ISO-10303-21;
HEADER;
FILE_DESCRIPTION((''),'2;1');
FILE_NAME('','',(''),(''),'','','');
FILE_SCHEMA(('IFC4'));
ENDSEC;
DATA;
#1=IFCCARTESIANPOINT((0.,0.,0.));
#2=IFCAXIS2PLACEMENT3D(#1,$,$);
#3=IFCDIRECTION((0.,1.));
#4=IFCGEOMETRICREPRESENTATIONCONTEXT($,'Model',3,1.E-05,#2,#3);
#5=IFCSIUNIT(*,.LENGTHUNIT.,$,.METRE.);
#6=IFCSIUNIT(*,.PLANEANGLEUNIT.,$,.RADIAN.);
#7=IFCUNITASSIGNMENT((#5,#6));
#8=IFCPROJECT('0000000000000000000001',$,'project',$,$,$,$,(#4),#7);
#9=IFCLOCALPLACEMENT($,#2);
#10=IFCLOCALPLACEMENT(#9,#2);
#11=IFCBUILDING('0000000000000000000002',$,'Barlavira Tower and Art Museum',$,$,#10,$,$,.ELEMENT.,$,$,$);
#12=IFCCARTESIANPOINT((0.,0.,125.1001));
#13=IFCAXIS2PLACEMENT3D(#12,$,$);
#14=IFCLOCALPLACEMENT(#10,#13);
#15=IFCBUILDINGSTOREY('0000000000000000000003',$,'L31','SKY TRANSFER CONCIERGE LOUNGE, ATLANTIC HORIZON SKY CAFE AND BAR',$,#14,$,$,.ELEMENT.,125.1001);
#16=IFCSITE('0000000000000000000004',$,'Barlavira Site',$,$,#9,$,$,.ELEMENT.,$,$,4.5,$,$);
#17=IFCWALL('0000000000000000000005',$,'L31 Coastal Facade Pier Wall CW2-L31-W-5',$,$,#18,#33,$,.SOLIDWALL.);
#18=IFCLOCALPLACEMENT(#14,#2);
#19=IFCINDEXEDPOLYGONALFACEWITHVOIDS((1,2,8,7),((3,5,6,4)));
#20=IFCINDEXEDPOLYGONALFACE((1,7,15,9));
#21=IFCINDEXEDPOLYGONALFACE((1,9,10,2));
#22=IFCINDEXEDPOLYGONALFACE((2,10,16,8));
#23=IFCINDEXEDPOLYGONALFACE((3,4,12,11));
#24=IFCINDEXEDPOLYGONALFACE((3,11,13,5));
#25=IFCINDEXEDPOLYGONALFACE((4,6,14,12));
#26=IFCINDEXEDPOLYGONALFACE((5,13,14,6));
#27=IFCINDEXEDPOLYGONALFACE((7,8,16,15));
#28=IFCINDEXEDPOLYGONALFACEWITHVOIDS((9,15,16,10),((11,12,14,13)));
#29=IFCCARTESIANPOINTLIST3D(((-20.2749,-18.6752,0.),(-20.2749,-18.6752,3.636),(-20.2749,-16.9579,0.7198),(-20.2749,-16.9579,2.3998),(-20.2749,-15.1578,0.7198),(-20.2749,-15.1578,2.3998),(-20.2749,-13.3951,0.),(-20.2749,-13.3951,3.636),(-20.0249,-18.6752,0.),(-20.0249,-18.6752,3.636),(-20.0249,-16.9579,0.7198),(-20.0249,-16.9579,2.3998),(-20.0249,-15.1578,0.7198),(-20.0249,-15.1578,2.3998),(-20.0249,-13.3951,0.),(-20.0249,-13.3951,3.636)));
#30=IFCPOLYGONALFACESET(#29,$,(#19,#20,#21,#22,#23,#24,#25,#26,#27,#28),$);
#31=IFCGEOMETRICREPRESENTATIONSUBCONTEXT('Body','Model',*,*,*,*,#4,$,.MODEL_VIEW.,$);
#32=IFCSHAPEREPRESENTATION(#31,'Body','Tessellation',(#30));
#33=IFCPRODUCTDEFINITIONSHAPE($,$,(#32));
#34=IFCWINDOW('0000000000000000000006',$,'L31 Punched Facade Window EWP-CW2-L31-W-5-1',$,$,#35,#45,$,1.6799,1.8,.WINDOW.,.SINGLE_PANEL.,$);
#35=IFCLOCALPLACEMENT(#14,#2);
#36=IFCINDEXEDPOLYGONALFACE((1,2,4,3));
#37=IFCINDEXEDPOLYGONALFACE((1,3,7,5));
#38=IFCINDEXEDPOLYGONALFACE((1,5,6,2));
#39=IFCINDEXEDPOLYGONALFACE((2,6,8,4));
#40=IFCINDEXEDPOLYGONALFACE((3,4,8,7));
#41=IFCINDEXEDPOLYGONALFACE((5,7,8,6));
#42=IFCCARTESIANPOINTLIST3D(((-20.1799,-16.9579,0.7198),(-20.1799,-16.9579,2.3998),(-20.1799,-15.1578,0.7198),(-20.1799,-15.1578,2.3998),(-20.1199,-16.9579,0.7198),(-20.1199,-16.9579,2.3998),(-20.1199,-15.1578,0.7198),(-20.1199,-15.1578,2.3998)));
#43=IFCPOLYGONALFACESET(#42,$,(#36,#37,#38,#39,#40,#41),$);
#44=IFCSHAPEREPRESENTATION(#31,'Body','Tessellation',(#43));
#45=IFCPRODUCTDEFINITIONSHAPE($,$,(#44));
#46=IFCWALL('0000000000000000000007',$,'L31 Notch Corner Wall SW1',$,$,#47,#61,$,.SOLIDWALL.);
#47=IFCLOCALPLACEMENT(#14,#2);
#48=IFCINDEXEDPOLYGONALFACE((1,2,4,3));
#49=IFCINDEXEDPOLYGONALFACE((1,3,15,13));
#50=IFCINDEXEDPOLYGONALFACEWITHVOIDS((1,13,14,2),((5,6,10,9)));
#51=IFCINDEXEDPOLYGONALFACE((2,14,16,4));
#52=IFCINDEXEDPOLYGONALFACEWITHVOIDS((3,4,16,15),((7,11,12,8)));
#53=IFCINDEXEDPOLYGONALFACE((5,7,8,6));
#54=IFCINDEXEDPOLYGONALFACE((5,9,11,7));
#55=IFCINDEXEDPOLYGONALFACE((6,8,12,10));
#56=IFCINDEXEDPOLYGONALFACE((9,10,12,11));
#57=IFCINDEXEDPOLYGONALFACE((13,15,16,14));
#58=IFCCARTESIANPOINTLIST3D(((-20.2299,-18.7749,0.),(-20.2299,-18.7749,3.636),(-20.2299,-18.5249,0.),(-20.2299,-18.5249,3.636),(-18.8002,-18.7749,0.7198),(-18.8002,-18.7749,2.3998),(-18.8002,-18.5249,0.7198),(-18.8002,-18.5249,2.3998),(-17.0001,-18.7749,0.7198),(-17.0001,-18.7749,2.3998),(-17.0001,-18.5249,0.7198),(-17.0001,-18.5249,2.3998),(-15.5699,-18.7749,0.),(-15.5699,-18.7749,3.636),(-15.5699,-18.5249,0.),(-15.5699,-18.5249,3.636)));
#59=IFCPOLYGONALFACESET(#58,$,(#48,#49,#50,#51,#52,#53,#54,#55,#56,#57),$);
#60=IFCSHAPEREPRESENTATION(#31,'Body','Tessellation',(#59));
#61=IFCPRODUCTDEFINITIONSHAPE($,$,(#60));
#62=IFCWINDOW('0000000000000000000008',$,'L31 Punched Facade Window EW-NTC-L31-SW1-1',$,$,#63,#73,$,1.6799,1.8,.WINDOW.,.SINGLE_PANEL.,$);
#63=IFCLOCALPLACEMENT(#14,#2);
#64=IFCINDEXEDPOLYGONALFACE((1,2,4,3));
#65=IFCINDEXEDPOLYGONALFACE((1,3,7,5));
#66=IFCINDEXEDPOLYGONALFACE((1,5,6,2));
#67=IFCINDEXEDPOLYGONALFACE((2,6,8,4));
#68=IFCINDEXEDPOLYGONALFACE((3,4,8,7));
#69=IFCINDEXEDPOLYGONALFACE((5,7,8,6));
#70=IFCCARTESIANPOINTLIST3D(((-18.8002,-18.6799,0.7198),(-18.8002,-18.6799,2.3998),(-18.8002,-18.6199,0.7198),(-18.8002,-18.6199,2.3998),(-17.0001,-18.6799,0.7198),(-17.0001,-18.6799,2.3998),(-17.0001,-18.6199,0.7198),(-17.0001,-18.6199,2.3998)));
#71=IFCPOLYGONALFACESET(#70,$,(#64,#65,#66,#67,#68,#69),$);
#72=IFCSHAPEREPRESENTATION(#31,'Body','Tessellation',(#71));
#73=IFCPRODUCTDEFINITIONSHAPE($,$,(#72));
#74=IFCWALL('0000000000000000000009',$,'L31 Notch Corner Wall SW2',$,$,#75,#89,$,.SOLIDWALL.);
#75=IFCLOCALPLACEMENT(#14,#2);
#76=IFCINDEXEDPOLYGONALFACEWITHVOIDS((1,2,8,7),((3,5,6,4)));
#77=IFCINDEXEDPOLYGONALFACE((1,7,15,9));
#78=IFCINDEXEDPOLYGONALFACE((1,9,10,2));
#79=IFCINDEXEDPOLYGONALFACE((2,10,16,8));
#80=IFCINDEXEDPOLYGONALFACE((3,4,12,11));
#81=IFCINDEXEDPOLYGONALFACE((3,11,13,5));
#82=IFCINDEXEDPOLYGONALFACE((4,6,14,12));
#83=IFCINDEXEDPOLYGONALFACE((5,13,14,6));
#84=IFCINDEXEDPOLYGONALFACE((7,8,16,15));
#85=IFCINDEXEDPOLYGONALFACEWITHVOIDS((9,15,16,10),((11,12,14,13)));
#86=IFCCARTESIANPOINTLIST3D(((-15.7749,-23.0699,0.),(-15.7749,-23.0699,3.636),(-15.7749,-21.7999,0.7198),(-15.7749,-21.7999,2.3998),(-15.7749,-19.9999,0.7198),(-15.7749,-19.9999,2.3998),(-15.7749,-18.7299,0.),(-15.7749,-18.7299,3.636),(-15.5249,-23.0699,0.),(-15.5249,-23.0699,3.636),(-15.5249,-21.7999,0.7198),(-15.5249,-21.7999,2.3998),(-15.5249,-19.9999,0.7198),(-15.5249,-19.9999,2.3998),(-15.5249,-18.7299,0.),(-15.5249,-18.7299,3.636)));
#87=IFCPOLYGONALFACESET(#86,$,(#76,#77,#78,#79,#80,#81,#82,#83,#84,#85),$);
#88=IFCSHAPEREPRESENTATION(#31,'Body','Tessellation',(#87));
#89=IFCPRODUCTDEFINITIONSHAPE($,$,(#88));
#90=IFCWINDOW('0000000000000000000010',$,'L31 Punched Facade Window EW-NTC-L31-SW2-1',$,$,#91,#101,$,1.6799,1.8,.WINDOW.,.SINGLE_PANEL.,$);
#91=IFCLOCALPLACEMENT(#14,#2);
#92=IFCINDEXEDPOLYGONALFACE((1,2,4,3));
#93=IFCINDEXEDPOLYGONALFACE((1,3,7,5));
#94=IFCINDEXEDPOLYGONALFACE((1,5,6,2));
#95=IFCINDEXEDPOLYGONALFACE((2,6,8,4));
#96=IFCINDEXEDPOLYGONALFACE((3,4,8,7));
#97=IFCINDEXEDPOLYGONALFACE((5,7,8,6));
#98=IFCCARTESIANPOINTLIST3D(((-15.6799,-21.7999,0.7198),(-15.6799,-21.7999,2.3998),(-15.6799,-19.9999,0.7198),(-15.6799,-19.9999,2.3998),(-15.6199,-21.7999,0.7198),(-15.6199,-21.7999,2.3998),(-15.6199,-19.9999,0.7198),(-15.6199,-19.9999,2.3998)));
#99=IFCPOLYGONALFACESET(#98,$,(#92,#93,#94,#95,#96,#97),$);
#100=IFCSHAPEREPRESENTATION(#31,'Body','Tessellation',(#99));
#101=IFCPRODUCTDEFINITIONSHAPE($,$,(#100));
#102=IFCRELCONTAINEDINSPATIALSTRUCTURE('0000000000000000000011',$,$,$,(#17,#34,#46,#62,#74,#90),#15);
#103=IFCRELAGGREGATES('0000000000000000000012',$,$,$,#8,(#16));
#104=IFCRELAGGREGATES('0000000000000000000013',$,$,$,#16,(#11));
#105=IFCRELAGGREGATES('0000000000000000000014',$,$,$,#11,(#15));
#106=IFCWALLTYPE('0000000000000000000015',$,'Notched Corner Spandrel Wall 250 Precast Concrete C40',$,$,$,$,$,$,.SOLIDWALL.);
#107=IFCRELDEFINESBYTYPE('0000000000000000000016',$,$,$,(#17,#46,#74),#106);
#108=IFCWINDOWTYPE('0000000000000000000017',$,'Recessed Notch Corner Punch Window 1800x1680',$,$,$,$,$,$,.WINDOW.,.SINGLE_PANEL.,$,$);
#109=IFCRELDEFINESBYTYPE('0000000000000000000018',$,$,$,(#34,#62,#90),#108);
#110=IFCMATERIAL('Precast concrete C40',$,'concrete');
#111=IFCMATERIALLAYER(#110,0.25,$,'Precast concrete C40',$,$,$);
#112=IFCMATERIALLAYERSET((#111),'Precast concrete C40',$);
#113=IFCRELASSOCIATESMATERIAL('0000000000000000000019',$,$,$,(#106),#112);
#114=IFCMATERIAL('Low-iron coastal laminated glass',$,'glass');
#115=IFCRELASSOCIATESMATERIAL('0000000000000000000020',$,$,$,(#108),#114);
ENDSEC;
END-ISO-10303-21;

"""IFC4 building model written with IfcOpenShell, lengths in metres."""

from ifc_helpers import new_model, si_unit, direction, frame, frame_2d, origin, place, context, subcontext, project, spatial, rectangle, extrude, material, layer, layer_set, type_object, element, fill, save


model = new_model("IFC4")

# Units and contexts
model_context = context("Model", 3, precision=1e-05, world=origin(), true_north=direction((0.0, 1.0)))
body_context = subcontext(model_context, "Body", "Model", "MODEL_VIEW")
ifc_project = project(units=[si_unit("LENGTHUNIT", "METRE"), si_unit("PLANEANGLEUNIT", "RADIAN")], contexts=[model_context])

# Site, building, storey
site_placement = place(None, origin())
site = spatial("IfcSite", under=ifc_project, at=site_placement, Name="Barlavira Site", CompositionType="ELEMENT", RefElevation=4.5)
building_placement = place(site_placement, origin())
building = spatial("IfcBuilding", under=site, at=building_placement, Name="Barlavira Tower and Art Museum", CompositionType="ELEMENT")
storey_placement = place(building_placement, frame((0.0, 0.0, 125.1001)))
storey = spatial("IfcBuildingStorey", under=building, at=storey_placement, Name="L31", Description="SKY TRANSFER CONCIERGE LOUNGE, ATLANTIC HORIZON SKY CAFE AND BAR", CompositionType="ELEMENT", Elevation=125.1001)

# Walls, openings, windows
ifc_material_1 = material(Name="Precast concrete C40", Category="concrete")
ifc_layer_1 = layer(ifc_material_1, 0.25, Name="Precast concrete C40")
ifc_layer_set_1 = layer_set([ifc_layer_1], Name="Precast concrete C40")
wall_type_1 = type_object("IfcWallType", Name="Notched Corner Spandrel Wall 250 Precast Concrete C40", PredefinedType="SOLIDWALL", material=ifc_layer_set_1)
ifc_material_2 = material(Name="Low-iron coastal laminated glass", Category="glass")
window_type = type_object("IfcWindowType", Name="Recessed Notch Corner Punch Window 1800x1680", PartitioningType="SINGLE_PANEL", PredefinedType="WINDOW", material=ifc_material_2)
wall_1_placement = place(storey_placement, frame((-20.1499, -13.395, 0.0), z_axis=(0.0, 0.0, 1.0), x_axis=(0.0, -1.0, 0.0)))
wall_1 = element("IfcWall", 1, at=wall_1_placement, inside=storey, type_object=wall_type_1, Name="L31 Coastal Facade Pier Wall CW2-L31-W-5", PredefinedType="SOLIDWALL", context=body_context, shape_type="SweptSolid", body=[
    extrude(rectangle(XDim=5.28, YDim=0.25, at=frame_2d((2.6401, 0.0))), origin(), (0.0, 0.0, 1.0), 3.636),
])
opening_1_placement = place(wall_1_placement, frame((1.7629, 0.0, 0.72)))
opening_1 = element("IfcOpeningElement", 2, at=opening_1_placement, cuts=wall_1, PredefinedType="OPENING", context=body_context, shape_type="SweptSolid", body=[
    extrude(rectangle(XDim=1.8, YDim=1.6799, at=frame_2d((0.8999, 0.8398))), frame((0.0, 0.135, 0.0), z_axis=(0.0, -1.0, 0.0), x_axis=(1.0, 0.0, 0.0)), (0.0, 0.0, 1.0), 0.27),
])
window_1_placement = place(opening_1_placement, origin())
window_1 = element("IfcWindow", 3, at=window_1_placement, inside=storey, type_object=window_type, Name="L31 Punched Facade Window EWP-CW2-L31-W-5-1", OverallHeight=1.6799, OverallWidth=1.8, PartitioningType="SINGLE_PANEL", PredefinedType="WINDOW", context=body_context, shape_type="SweptSolid", body=[
    extrude(rectangle(XDim=1.8, YDim=1.6799, at=frame_2d((0.8999, 0.8398))), frame((0.0, 0.03, 0.0), z_axis=(0.0, -1.0, 0.0), x_axis=(1.0, 0.0, 0.0)), (0.0, 0.0, 1.0), 0.0601),
])
fill(opening_1, window_1)
wall_2_placement = place(storey_placement, frame((-20.23, -18.6499, 0.0), z_axis=(0.0, 0.0, 1.0), x_axis=(1.0, 0.0, 0.0)))
wall_2 = element("IfcWall", 4, at=wall_2_placement, inside=storey, type_object=wall_type_1, Name="L31 Notch Corner Wall SW1", PredefinedType="SOLIDWALL", context=body_context, shape_type="SweptSolid", body=[
    extrude(rectangle(XDim=4.6599, YDim=0.25, at=frame_2d((2.3301, 0.0))), origin(), (0.0, 0.0, 1.0), 3.636),
])
opening_2_placement = place(wall_2_placement, frame((1.4299, 0.0, 0.72)))
opening_2 = element("IfcOpeningElement", 5, at=opening_2_placement, cuts=wall_2, PredefinedType="OPENING", context=body_context, shape_type="SweptSolid", body=[
    extrude(rectangle(XDim=1.8, YDim=1.6799, at=frame_2d((0.8999, 0.8398))), frame((0.0, 0.135, 0.0), z_axis=(0.0, -1.0, 0.0), x_axis=(1.0, 0.0, 0.0)), (0.0, 0.0, 1.0), 0.27),
])
window_2_placement = place(opening_2_placement, origin())
window_2 = element("IfcWindow", 6, at=window_2_placement, inside=storey, type_object=window_type, Name="L31 Punched Facade Window EW-NTC-L31-SW1-1", OverallHeight=1.6799, OverallWidth=1.8, PartitioningType="SINGLE_PANEL", PredefinedType="WINDOW", context=body_context, shape_type="SweptSolid", body=[
    extrude(rectangle(XDim=1.8, YDim=1.6799, at=frame_2d((0.8999, 0.8398))), frame((0.0, 0.03, 0.0), z_axis=(0.0, -1.0, 0.0), x_axis=(1.0, 0.0, 0.0)), (0.0, 0.0, 1.0), 0.0601),
])
fill(opening_2, window_2)
wall_3_placement = place(storey_placement, frame((-15.6499, -18.73, 0.0), z_axis=(0.0, 0.0, 1.0), x_axis=(0.0, -1.0, 0.0)))
wall_3 = element("IfcWall", 7, at=wall_3_placement, inside=storey, type_object=wall_type_1, Name="L31 Notch Corner Wall SW2", PredefinedType="SOLIDWALL", context=body_context, shape_type="SweptSolid", body=[
    extrude(rectangle(XDim=4.3401, YDim=0.25, at=frame_2d((2.1699, 0.0))), origin(), (0.0, 0.0, 1.0), 3.636),
])
opening_3_placement = place(wall_3_placement, frame((1.27, 0.0, 0.72)))
opening_3 = element("IfcOpeningElement", 8, at=opening_3_placement, cuts=wall_3, PredefinedType="OPENING", context=body_context, shape_type="SweptSolid", body=[
    extrude(rectangle(XDim=1.8, YDim=1.6799, at=frame_2d((0.8999, 0.8398))), frame((0.0, 0.135, 0.0), z_axis=(0.0, -1.0, 0.0), x_axis=(1.0, 0.0, 0.0)), (0.0, 0.0, 1.0), 0.27),
])
window_3_placement = place(opening_3_placement, origin())
window_3 = element("IfcWindow", 9, at=window_3_placement, inside=storey, type_object=window_type, Name="L31 Punched Facade Window EW-NTC-L31-SW2-1", OverallHeight=1.6799, OverallWidth=1.8, PartitioningType="SINGLE_PANEL", PredefinedType="WINDOW", context=body_context, shape_type="SweptSolid", body=[
    extrude(rectangle(XDim=1.8, YDim=1.6799, at=frame_2d((0.8999, 0.8398))), frame((0.0, 0.03, 0.0), z_axis=(0.0, -1.0, 0.0), x_axis=(1.0, 0.0, 0.0)), (0.0, 0.0, 1.0), 0.0601),
])
fill(opening_3, window_3)

save(model, "model.ifc")
